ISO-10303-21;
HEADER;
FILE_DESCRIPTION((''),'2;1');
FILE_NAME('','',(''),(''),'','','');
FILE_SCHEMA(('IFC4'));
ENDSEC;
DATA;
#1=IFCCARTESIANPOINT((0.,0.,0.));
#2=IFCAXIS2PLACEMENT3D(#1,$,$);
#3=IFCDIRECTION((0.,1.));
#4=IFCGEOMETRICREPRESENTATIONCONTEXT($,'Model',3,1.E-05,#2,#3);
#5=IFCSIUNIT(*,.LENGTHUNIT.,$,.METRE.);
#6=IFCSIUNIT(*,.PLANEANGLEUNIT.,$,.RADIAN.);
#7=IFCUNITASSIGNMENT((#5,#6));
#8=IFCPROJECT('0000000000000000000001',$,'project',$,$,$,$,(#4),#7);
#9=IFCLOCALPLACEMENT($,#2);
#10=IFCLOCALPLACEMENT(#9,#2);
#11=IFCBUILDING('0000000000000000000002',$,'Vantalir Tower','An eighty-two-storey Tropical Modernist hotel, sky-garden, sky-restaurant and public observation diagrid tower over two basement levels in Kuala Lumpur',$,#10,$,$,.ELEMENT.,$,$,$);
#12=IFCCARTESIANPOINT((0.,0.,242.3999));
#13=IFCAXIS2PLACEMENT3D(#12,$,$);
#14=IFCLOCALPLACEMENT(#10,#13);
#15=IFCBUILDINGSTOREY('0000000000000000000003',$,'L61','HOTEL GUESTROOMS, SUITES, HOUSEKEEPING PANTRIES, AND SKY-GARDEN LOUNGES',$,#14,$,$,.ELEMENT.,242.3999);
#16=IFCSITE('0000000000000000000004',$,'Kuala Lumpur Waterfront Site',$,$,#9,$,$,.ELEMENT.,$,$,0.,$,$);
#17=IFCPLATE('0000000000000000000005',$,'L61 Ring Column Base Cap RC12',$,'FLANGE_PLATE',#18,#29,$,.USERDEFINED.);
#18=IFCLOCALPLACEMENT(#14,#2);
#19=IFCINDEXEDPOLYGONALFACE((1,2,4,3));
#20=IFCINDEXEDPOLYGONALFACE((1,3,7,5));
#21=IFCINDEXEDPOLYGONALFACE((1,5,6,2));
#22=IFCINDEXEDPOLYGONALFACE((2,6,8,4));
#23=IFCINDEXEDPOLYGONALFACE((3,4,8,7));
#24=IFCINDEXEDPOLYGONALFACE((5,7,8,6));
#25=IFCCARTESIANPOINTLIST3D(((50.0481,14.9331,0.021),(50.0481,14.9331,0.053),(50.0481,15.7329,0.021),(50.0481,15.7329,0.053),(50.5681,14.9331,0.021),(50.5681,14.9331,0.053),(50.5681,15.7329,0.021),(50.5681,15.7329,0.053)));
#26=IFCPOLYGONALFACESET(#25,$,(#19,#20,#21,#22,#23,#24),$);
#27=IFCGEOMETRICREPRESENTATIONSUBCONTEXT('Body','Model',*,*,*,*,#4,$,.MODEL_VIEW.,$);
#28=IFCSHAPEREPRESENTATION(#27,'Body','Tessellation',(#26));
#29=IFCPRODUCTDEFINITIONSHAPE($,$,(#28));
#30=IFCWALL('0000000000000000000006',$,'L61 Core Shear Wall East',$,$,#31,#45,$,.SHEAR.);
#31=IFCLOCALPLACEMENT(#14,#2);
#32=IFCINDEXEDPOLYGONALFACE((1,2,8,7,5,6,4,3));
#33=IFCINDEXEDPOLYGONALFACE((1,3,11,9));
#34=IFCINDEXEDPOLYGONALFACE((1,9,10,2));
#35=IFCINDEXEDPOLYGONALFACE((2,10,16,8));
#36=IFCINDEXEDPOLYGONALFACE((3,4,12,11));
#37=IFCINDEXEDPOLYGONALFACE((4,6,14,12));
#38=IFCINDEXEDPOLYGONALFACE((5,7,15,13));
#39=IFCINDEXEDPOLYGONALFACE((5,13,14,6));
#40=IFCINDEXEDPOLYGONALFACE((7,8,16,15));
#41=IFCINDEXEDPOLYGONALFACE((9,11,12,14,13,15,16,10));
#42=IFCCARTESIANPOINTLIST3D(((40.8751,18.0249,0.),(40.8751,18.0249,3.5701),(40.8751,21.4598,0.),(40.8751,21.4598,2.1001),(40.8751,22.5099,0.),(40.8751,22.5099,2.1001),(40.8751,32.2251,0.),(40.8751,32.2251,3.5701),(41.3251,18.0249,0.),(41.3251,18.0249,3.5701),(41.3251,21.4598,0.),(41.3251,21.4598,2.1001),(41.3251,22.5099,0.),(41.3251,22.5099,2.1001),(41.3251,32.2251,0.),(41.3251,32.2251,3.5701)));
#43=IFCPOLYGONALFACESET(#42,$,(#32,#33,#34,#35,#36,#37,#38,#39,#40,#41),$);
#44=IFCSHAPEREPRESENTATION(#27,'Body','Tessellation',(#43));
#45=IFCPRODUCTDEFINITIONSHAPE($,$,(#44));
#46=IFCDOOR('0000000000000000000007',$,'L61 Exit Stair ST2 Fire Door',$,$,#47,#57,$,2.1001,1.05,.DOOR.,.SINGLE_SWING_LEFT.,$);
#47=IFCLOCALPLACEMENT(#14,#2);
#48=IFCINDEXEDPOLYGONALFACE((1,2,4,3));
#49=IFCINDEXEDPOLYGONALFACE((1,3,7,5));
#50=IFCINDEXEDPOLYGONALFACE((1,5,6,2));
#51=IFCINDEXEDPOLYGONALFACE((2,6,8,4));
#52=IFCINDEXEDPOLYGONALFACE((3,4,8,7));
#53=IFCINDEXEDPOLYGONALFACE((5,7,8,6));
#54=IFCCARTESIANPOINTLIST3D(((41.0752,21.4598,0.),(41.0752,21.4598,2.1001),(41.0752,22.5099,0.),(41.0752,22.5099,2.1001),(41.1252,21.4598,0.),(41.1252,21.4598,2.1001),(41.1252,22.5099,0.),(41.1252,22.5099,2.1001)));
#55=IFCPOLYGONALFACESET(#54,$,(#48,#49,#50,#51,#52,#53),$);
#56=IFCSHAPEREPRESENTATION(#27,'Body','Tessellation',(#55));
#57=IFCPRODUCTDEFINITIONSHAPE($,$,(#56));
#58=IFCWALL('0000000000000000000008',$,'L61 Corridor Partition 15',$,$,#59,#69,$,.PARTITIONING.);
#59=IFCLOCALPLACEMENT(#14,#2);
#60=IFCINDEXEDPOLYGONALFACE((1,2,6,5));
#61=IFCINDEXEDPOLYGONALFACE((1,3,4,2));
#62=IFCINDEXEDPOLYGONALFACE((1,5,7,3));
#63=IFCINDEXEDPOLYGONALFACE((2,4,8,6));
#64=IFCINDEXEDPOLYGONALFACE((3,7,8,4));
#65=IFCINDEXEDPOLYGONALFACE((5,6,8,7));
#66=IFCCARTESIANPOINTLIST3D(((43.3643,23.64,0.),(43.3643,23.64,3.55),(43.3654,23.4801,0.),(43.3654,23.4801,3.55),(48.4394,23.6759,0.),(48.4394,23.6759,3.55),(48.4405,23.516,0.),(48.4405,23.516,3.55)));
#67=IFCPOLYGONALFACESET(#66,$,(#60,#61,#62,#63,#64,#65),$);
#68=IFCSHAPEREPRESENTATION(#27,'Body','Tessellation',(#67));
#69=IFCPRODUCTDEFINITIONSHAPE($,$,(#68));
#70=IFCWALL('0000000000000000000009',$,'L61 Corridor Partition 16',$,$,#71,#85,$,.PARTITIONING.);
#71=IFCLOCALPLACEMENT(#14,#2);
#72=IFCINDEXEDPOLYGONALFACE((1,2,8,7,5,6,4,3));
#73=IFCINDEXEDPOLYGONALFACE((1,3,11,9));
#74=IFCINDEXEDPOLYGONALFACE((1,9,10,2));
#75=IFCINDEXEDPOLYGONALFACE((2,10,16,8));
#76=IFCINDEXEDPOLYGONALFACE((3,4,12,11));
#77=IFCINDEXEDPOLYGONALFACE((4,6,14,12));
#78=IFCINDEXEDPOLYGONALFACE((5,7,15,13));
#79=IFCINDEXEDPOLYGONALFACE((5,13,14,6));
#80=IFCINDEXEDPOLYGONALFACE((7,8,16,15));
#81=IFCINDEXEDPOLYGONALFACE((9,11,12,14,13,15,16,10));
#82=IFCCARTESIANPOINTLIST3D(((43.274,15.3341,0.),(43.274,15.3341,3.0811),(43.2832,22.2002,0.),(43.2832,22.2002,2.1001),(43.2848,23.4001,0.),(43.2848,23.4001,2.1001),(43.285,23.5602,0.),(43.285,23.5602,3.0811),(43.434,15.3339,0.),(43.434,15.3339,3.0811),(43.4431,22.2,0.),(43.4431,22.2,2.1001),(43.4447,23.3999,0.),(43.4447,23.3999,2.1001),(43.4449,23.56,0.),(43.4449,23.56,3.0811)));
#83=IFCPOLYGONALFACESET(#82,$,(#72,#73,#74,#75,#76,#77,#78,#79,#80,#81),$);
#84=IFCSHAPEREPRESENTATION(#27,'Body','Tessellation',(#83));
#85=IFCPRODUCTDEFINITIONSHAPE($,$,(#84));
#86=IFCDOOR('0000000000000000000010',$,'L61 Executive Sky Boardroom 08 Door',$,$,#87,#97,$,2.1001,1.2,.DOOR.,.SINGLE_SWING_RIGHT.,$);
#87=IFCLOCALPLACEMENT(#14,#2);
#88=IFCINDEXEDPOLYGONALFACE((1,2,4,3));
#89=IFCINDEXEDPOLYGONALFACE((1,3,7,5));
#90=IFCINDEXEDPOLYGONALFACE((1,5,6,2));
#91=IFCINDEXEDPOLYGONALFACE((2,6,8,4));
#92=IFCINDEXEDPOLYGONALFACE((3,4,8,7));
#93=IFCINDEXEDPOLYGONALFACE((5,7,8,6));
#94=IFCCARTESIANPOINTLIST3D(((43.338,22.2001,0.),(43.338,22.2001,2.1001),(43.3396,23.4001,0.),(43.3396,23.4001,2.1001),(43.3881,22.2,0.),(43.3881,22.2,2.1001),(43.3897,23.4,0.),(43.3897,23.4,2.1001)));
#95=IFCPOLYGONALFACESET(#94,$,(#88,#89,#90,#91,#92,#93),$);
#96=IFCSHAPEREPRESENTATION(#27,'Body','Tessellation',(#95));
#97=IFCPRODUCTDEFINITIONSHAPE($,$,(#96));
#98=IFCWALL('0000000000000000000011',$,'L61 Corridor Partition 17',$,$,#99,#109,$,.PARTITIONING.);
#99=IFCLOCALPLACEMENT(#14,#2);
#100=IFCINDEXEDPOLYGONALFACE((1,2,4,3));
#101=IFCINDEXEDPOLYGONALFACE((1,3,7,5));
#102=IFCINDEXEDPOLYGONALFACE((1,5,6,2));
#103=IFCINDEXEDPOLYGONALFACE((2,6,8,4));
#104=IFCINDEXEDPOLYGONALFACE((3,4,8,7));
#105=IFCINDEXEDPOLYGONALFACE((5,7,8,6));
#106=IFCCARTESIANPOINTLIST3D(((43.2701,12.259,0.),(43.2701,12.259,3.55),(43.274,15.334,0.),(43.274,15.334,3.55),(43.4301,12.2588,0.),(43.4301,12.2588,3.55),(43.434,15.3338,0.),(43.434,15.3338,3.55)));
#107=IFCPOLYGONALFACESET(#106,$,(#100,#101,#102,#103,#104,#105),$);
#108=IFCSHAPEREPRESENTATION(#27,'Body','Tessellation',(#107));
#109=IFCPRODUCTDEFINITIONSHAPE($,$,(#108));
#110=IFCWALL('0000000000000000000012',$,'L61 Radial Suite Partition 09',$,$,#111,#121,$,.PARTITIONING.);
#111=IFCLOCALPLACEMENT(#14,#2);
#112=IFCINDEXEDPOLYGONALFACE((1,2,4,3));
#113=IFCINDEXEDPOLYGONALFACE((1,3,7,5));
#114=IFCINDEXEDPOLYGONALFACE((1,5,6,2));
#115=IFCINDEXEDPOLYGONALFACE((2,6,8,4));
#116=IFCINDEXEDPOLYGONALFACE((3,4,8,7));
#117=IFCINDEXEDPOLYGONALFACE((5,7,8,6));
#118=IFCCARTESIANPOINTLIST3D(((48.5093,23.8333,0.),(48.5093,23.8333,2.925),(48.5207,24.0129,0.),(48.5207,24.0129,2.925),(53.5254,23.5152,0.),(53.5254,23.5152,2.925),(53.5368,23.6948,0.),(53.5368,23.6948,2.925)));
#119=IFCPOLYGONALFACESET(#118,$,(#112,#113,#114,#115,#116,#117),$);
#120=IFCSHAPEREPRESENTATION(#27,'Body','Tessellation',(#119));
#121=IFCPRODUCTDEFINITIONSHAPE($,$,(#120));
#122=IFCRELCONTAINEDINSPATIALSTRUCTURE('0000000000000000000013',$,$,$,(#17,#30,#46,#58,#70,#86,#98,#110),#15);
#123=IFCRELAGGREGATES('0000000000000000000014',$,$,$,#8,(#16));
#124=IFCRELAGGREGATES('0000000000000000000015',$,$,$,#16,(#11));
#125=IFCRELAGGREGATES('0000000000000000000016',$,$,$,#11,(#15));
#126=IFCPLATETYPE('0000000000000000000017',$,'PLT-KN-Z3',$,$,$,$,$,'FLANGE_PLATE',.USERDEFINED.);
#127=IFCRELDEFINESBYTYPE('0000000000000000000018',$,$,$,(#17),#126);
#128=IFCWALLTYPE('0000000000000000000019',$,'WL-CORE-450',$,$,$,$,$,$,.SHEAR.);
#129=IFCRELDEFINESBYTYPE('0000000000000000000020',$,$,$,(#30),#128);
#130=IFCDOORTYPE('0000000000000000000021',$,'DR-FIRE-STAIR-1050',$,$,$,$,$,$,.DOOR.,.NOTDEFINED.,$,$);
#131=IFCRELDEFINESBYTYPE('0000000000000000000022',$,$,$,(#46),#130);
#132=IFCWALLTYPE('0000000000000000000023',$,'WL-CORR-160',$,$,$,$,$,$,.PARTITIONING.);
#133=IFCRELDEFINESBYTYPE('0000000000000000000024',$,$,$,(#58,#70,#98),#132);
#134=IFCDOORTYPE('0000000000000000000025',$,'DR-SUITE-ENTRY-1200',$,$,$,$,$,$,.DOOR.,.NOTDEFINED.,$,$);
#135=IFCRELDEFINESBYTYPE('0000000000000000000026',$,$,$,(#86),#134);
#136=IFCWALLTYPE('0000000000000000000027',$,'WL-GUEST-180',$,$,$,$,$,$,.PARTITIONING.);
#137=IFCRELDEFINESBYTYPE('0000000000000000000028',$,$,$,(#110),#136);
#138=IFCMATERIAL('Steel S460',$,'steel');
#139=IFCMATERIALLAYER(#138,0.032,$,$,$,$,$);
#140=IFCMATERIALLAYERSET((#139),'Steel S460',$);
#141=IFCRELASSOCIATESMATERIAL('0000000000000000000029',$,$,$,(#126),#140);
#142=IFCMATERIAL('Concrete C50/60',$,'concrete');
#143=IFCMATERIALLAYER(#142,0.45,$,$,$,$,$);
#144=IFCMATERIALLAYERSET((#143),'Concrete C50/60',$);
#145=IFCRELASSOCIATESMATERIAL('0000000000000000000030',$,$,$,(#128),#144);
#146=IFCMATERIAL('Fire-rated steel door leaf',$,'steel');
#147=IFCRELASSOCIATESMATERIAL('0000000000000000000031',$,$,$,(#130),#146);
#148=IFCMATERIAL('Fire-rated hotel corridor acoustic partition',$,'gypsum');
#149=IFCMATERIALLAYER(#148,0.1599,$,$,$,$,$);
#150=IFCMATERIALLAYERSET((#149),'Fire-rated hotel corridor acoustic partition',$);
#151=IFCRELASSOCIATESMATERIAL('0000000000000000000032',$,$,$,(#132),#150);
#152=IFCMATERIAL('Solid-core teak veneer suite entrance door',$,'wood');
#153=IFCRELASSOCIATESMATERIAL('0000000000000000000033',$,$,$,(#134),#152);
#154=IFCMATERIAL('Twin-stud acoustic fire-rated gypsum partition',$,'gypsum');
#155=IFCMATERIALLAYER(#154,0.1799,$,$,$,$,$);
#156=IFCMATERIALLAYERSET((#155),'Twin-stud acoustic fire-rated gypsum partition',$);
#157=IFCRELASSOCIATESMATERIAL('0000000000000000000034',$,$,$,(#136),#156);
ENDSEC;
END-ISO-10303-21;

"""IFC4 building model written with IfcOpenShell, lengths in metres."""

from ifc_helpers import new_model, si_unit, direction, frame, frame_2d, origin, place, context, subcontext, project, spatial, polyline, rectangle, outline, extrude, material, layer, layer_set, type_object, element, fill, save


model = new_model("IFC4")

# Units and contexts
model_context = context("Model", 3, precision=1e-05, world=origin(), true_north=direction((0.0, 1.0)))
body_context = subcontext(model_context, "Body", "Model", "MODEL_VIEW")
ifc_project = project(units=[si_unit("LENGTHUNIT", "METRE"), si_unit("PLANEANGLEUNIT", "RADIAN")], contexts=[model_context])

# Site, building, storey
site_placement = place(None, origin())
site = spatial("IfcSite", under=ifc_project, at=site_placement, Name="Kuala Lumpur Waterfront Site", CompositionType="ELEMENT", RefElevation=0.0)
building_placement = place(site_placement, origin())
building = spatial("IfcBuilding", under=site, at=building_placement, Name="Vantalir Tower", Description="An eighty-two-storey Tropical Modernist hotel, sky-garden, sky-restaurant and public observation diagrid tower over two basement levels in Kuala Lumpur", CompositionType="ELEMENT")
storey_placement = place(building_placement, frame((0.0, 0.0, 242.3999)))
storey = spatial("IfcBuildingStorey", under=building, at=storey_placement, Name="L61", Description="HOTEL GUESTROOMS, SUITES, HOUSEKEEPING PANTRIES, AND SKY-GARDEN LOUNGES", CompositionType="ELEMENT", Elevation=242.3999)

# Shared definitions
ifc_material_1 = material(Name="Concrete C50/60", Category="concrete")
ifc_material_2 = material(Name="Steel S460", Category="steel")

# Plate
ifc_layer_1 = layer(ifc_material_2, 0.032)
ifc_layer_set_1 = layer_set([ifc_layer_1], Name="Steel S460")
plate_type_1 = type_object("IfcPlateType", Name="PLT-KN-Z3", ElementType="FLANGE_PLATE", PredefinedType="USERDEFINED", material=ifc_layer_set_1)
for number, where, z_axis, x_axis, name in (
    (1, (50.0481, 15.7329, 0.053), (0.0, 0.0, 1.0), (0.0, -1.0, 0.0), "L61 Ring Column Base Cap RC12"),
):
    element("IfcPlate", number, at=place(storey_placement, frame(where, z_axis=z_axis, x_axis=x_axis)), inside=storey, type_object=plate_type_1, Name=name, ObjectType="FLANGE_PLATE", PredefinedType="USERDEFINED", context=body_context, shape_type="SweptSolid", body=[
        extrude(outline(polyline([(0.0, 0.0), (0.7998, 0.0), (0.7998, 0.52), (0.0, 0.52), (0.0, 0.0)])), origin(), (0.0, 0.0, -1.0), 0.032),
    ])

# Wall, opening, door
ifc_layer_2 = layer(ifc_material_1, 0.45)
ifc_layer_set_2 = layer_set([ifc_layer_2], Name="Concrete C50/60")
wall_type_1 = type_object("IfcWallType", Name="WL-CORE-450", PredefinedType="SHEAR", material=ifc_layer_set_2)
wall_1_placement = place(storey_placement, frame((41.1001, 18.0249, 0.0), z_axis=(0.0, 0.0, 1.0), x_axis=(0.0, 1.0, 0.0)))
wall_1 = element("IfcWall", 2, at=wall_1_placement, inside=storey, type_object=wall_type_1, Name="L61 Core Shear Wall East", PredefinedType="SHEAR", context=body_context, shape_type="SweptSolid", body=[
    extrude(rectangle(XDim=14.2002, YDim=0.45, at=frame_2d((7.1001, 0.0))), origin(), (0.0, 0.0, 1.0), 3.5701),
])
opening_1_placement = place(wall_1_placement, frame((3.4351, 0.0, 0.0)))
opening_1 = element("IfcOpeningElement", 3, at=opening_1_placement, cuts=wall_1, PredefinedType="OPENING", context=body_context, shape_type="SweptSolid", body=[
    extrude(rectangle(XDim=1.05, YDim=2.1001, at=frame_2d((0.5249, 1.05))), frame((0.0, 0.2349, 0.0), z_axis=(0.0, -1.0, 0.0), x_axis=(1.0, 0.0, 0.0)), (0.0, 0.0, 1.0), 0.47),
])
ifc_material_3 = material(Name="Fire-rated steel door leaf", Category="steel")
door_type_1 = type_object("IfcDoorType", Name="DR-FIRE-STAIR-1050", OperationType="NOTDEFINED", PredefinedType="DOOR", material=ifc_material_3)
door_1_placement = place(opening_1_placement, origin())
door_1 = element("IfcDoor", 4, at=door_1_placement, inside=storey, type_object=door_type_1, Name="L61 Exit Stair ST2 Fire Door", OperationType="SINGLE_SWING_LEFT", OverallHeight=2.1001, OverallWidth=1.05, PredefinedType="DOOR", context=body_context, shape_type="SweptSolid", body=[
    extrude(rectangle(XDim=1.05, YDim=2.1001, at=frame_2d((0.5249, 1.05))), frame((0.0, 0.0249, 0.0), z_axis=(0.0, -1.0, 0.0), x_axis=(1.0, 0.0, 0.0)), (0.0, 0.0, 1.0), 0.05),
])
fill(opening_1, door_1)

# Wall
ifc_material_4 = material(Name="Fire-rated hotel corridor acoustic partition", Category="gypsum")
ifc_layer_3 = layer(ifc_material_4, 0.1599)
ifc_layer_set_3 = layer_set([ifc_layer_3], Name="Fire-rated hotel corridor acoustic partition")
wall_type_2 = type_object("IfcWallType", Name="WL-CORR-160", PredefinedType="PARTITIONING", material=ifc_layer_set_3)
wall_2_placement = place(storey_placement, frame((48.4399, 23.5959, 0.0), z_axis=(0.0, 0.0, 1.0), x_axis=(-0.999975, -0.007072, 0.0)))
element("IfcWall", 5, at=wall_2_placement, inside=storey, type_object=wall_type_2, Name="L61 Corridor Partition 15", PredefinedType="PARTITIONING", context=body_context, shape_type="SweptSolid", body=[
    extrude(rectangle(XDim=5.0752, YDim=0.1599, at=frame_2d((2.5376, 0.0))), origin(), (0.0, 0.0, 1.0), 3.55),
])

# Wall, opening, door
wall_3_placement = place(storey_placement, frame((43.365, 23.5601, 0.0), z_axis=(0.0, 0.0, 1.0), x_axis=(-0.001336, -0.999999, 0.0)))
wall_3 = element("IfcWall", 6, at=wall_3_placement, inside=storey, type_object=wall_type_2, Name="L61 Corridor Partition 16", PredefinedType="PARTITIONING", context=body_context, shape_type="SweptSolid", body=[
    extrude(rectangle(XDim=8.2261, YDim=0.1599, at=frame_2d((4.113, 0.0))), origin(), (0.0, 0.0, 1.0), 3.0811),
])
opening_2_placement = place(wall_3_placement, frame((0.1599, 0.0, 0.0)))
opening_2 = element("IfcOpeningElement", 7, at=opening_2_placement, cuts=wall_3, PredefinedType="OPENING", context=body_context, shape_type="SweptSolid", body=[
    extrude(rectangle(XDim=1.2, YDim=2.1001, at=frame_2d((0.6001, 1.05))), frame((0.0, 0.0898, 0.0), z_axis=(0.0, -1.0, 0.0), x_axis=(1.0, 0.0, 0.0)), (0.0, 0.0, 1.0), 0.1799),
])
ifc_material_5 = material(Name="Solid-core teak veneer suite entrance door", Category="wood")
door_type_2 = type_object("IfcDoorType", Name="DR-SUITE-ENTRY-1200", OperationType="NOTDEFINED", PredefinedType="DOOR", material=ifc_material_5)
door_2_placement = place(opening_2_placement, origin())
door_2 = element("IfcDoor", 8, at=door_2_placement, inside=storey, type_object=door_type_2, Name="L61 Executive Sky Boardroom 08 Door", OperationType="SINGLE_SWING_RIGHT", OverallHeight=2.1001, OverallWidth=1.2, PredefinedType="DOOR", context=body_context, shape_type="SweptSolid", body=[
    extrude(rectangle(XDim=1.2, YDim=2.1001, at=frame_2d((0.6001, 1.05))), frame((0.0, 0.0249, 0.0), z_axis=(0.0, -1.0, 0.0), x_axis=(1.0, 0.0, 0.0)), (0.0, 0.0, 1.0), 0.05),
])
fill(opening_2, door_2)

# Walls
wall_4_placement = place(storey_placement, frame((43.354, 15.334, 0.0), z_axis=(0.0, 0.0, 1.0), x_axis=(-0.00127, -0.999999, 0.0)))
element("IfcWall", 9, at=wall_4_placement, inside=storey, type_object=wall_type_2, Name="L61 Corridor Partition 17", PredefinedType="PARTITIONING", context=body_context, shape_type="SweptSolid", body=[
    extrude(rectangle(XDim=3.075, YDim=0.1599, at=frame_2d((1.5376, 0.0))), origin(), (0.0, 0.0, 1.0), 3.55),
])
ifc_material_6 = material(Name="Twin-stud acoustic fire-rated gypsum partition", Category="gypsum")
ifc_layer_4 = layer(ifc_material_6, 0.1799)
ifc_layer_set_4 = layer_set([ifc_layer_4], Name="Twin-stud acoustic fire-rated gypsum partition")
wall_type_3 = type_object("IfcWallType", Name="WL-GUEST-180", PredefinedType="PARTITIONING", material=ifc_layer_set_4)
wall_5_placement = place(storey_placement, frame((48.5149, 23.9231, 0.0), z_axis=(0.0, 0.0, 1.0), x_axis=(0.997995, -0.063292, 0.0)))
element("IfcWall", 10, at=wall_5_placement, inside=storey, type_object=wall_type_3, Name="L61 Radial Suite Partition 09", PredefinedType="PARTITIONING", context=body_context, shape_type="SweptSolid", body=[
    extrude(rectangle(XDim=5.0261, YDim=0.1799, at=frame_2d((2.5132, 0.0))), origin(), (0.0, 0.0, 1.0), 2.925),
])

save(model, "model.ifc")
